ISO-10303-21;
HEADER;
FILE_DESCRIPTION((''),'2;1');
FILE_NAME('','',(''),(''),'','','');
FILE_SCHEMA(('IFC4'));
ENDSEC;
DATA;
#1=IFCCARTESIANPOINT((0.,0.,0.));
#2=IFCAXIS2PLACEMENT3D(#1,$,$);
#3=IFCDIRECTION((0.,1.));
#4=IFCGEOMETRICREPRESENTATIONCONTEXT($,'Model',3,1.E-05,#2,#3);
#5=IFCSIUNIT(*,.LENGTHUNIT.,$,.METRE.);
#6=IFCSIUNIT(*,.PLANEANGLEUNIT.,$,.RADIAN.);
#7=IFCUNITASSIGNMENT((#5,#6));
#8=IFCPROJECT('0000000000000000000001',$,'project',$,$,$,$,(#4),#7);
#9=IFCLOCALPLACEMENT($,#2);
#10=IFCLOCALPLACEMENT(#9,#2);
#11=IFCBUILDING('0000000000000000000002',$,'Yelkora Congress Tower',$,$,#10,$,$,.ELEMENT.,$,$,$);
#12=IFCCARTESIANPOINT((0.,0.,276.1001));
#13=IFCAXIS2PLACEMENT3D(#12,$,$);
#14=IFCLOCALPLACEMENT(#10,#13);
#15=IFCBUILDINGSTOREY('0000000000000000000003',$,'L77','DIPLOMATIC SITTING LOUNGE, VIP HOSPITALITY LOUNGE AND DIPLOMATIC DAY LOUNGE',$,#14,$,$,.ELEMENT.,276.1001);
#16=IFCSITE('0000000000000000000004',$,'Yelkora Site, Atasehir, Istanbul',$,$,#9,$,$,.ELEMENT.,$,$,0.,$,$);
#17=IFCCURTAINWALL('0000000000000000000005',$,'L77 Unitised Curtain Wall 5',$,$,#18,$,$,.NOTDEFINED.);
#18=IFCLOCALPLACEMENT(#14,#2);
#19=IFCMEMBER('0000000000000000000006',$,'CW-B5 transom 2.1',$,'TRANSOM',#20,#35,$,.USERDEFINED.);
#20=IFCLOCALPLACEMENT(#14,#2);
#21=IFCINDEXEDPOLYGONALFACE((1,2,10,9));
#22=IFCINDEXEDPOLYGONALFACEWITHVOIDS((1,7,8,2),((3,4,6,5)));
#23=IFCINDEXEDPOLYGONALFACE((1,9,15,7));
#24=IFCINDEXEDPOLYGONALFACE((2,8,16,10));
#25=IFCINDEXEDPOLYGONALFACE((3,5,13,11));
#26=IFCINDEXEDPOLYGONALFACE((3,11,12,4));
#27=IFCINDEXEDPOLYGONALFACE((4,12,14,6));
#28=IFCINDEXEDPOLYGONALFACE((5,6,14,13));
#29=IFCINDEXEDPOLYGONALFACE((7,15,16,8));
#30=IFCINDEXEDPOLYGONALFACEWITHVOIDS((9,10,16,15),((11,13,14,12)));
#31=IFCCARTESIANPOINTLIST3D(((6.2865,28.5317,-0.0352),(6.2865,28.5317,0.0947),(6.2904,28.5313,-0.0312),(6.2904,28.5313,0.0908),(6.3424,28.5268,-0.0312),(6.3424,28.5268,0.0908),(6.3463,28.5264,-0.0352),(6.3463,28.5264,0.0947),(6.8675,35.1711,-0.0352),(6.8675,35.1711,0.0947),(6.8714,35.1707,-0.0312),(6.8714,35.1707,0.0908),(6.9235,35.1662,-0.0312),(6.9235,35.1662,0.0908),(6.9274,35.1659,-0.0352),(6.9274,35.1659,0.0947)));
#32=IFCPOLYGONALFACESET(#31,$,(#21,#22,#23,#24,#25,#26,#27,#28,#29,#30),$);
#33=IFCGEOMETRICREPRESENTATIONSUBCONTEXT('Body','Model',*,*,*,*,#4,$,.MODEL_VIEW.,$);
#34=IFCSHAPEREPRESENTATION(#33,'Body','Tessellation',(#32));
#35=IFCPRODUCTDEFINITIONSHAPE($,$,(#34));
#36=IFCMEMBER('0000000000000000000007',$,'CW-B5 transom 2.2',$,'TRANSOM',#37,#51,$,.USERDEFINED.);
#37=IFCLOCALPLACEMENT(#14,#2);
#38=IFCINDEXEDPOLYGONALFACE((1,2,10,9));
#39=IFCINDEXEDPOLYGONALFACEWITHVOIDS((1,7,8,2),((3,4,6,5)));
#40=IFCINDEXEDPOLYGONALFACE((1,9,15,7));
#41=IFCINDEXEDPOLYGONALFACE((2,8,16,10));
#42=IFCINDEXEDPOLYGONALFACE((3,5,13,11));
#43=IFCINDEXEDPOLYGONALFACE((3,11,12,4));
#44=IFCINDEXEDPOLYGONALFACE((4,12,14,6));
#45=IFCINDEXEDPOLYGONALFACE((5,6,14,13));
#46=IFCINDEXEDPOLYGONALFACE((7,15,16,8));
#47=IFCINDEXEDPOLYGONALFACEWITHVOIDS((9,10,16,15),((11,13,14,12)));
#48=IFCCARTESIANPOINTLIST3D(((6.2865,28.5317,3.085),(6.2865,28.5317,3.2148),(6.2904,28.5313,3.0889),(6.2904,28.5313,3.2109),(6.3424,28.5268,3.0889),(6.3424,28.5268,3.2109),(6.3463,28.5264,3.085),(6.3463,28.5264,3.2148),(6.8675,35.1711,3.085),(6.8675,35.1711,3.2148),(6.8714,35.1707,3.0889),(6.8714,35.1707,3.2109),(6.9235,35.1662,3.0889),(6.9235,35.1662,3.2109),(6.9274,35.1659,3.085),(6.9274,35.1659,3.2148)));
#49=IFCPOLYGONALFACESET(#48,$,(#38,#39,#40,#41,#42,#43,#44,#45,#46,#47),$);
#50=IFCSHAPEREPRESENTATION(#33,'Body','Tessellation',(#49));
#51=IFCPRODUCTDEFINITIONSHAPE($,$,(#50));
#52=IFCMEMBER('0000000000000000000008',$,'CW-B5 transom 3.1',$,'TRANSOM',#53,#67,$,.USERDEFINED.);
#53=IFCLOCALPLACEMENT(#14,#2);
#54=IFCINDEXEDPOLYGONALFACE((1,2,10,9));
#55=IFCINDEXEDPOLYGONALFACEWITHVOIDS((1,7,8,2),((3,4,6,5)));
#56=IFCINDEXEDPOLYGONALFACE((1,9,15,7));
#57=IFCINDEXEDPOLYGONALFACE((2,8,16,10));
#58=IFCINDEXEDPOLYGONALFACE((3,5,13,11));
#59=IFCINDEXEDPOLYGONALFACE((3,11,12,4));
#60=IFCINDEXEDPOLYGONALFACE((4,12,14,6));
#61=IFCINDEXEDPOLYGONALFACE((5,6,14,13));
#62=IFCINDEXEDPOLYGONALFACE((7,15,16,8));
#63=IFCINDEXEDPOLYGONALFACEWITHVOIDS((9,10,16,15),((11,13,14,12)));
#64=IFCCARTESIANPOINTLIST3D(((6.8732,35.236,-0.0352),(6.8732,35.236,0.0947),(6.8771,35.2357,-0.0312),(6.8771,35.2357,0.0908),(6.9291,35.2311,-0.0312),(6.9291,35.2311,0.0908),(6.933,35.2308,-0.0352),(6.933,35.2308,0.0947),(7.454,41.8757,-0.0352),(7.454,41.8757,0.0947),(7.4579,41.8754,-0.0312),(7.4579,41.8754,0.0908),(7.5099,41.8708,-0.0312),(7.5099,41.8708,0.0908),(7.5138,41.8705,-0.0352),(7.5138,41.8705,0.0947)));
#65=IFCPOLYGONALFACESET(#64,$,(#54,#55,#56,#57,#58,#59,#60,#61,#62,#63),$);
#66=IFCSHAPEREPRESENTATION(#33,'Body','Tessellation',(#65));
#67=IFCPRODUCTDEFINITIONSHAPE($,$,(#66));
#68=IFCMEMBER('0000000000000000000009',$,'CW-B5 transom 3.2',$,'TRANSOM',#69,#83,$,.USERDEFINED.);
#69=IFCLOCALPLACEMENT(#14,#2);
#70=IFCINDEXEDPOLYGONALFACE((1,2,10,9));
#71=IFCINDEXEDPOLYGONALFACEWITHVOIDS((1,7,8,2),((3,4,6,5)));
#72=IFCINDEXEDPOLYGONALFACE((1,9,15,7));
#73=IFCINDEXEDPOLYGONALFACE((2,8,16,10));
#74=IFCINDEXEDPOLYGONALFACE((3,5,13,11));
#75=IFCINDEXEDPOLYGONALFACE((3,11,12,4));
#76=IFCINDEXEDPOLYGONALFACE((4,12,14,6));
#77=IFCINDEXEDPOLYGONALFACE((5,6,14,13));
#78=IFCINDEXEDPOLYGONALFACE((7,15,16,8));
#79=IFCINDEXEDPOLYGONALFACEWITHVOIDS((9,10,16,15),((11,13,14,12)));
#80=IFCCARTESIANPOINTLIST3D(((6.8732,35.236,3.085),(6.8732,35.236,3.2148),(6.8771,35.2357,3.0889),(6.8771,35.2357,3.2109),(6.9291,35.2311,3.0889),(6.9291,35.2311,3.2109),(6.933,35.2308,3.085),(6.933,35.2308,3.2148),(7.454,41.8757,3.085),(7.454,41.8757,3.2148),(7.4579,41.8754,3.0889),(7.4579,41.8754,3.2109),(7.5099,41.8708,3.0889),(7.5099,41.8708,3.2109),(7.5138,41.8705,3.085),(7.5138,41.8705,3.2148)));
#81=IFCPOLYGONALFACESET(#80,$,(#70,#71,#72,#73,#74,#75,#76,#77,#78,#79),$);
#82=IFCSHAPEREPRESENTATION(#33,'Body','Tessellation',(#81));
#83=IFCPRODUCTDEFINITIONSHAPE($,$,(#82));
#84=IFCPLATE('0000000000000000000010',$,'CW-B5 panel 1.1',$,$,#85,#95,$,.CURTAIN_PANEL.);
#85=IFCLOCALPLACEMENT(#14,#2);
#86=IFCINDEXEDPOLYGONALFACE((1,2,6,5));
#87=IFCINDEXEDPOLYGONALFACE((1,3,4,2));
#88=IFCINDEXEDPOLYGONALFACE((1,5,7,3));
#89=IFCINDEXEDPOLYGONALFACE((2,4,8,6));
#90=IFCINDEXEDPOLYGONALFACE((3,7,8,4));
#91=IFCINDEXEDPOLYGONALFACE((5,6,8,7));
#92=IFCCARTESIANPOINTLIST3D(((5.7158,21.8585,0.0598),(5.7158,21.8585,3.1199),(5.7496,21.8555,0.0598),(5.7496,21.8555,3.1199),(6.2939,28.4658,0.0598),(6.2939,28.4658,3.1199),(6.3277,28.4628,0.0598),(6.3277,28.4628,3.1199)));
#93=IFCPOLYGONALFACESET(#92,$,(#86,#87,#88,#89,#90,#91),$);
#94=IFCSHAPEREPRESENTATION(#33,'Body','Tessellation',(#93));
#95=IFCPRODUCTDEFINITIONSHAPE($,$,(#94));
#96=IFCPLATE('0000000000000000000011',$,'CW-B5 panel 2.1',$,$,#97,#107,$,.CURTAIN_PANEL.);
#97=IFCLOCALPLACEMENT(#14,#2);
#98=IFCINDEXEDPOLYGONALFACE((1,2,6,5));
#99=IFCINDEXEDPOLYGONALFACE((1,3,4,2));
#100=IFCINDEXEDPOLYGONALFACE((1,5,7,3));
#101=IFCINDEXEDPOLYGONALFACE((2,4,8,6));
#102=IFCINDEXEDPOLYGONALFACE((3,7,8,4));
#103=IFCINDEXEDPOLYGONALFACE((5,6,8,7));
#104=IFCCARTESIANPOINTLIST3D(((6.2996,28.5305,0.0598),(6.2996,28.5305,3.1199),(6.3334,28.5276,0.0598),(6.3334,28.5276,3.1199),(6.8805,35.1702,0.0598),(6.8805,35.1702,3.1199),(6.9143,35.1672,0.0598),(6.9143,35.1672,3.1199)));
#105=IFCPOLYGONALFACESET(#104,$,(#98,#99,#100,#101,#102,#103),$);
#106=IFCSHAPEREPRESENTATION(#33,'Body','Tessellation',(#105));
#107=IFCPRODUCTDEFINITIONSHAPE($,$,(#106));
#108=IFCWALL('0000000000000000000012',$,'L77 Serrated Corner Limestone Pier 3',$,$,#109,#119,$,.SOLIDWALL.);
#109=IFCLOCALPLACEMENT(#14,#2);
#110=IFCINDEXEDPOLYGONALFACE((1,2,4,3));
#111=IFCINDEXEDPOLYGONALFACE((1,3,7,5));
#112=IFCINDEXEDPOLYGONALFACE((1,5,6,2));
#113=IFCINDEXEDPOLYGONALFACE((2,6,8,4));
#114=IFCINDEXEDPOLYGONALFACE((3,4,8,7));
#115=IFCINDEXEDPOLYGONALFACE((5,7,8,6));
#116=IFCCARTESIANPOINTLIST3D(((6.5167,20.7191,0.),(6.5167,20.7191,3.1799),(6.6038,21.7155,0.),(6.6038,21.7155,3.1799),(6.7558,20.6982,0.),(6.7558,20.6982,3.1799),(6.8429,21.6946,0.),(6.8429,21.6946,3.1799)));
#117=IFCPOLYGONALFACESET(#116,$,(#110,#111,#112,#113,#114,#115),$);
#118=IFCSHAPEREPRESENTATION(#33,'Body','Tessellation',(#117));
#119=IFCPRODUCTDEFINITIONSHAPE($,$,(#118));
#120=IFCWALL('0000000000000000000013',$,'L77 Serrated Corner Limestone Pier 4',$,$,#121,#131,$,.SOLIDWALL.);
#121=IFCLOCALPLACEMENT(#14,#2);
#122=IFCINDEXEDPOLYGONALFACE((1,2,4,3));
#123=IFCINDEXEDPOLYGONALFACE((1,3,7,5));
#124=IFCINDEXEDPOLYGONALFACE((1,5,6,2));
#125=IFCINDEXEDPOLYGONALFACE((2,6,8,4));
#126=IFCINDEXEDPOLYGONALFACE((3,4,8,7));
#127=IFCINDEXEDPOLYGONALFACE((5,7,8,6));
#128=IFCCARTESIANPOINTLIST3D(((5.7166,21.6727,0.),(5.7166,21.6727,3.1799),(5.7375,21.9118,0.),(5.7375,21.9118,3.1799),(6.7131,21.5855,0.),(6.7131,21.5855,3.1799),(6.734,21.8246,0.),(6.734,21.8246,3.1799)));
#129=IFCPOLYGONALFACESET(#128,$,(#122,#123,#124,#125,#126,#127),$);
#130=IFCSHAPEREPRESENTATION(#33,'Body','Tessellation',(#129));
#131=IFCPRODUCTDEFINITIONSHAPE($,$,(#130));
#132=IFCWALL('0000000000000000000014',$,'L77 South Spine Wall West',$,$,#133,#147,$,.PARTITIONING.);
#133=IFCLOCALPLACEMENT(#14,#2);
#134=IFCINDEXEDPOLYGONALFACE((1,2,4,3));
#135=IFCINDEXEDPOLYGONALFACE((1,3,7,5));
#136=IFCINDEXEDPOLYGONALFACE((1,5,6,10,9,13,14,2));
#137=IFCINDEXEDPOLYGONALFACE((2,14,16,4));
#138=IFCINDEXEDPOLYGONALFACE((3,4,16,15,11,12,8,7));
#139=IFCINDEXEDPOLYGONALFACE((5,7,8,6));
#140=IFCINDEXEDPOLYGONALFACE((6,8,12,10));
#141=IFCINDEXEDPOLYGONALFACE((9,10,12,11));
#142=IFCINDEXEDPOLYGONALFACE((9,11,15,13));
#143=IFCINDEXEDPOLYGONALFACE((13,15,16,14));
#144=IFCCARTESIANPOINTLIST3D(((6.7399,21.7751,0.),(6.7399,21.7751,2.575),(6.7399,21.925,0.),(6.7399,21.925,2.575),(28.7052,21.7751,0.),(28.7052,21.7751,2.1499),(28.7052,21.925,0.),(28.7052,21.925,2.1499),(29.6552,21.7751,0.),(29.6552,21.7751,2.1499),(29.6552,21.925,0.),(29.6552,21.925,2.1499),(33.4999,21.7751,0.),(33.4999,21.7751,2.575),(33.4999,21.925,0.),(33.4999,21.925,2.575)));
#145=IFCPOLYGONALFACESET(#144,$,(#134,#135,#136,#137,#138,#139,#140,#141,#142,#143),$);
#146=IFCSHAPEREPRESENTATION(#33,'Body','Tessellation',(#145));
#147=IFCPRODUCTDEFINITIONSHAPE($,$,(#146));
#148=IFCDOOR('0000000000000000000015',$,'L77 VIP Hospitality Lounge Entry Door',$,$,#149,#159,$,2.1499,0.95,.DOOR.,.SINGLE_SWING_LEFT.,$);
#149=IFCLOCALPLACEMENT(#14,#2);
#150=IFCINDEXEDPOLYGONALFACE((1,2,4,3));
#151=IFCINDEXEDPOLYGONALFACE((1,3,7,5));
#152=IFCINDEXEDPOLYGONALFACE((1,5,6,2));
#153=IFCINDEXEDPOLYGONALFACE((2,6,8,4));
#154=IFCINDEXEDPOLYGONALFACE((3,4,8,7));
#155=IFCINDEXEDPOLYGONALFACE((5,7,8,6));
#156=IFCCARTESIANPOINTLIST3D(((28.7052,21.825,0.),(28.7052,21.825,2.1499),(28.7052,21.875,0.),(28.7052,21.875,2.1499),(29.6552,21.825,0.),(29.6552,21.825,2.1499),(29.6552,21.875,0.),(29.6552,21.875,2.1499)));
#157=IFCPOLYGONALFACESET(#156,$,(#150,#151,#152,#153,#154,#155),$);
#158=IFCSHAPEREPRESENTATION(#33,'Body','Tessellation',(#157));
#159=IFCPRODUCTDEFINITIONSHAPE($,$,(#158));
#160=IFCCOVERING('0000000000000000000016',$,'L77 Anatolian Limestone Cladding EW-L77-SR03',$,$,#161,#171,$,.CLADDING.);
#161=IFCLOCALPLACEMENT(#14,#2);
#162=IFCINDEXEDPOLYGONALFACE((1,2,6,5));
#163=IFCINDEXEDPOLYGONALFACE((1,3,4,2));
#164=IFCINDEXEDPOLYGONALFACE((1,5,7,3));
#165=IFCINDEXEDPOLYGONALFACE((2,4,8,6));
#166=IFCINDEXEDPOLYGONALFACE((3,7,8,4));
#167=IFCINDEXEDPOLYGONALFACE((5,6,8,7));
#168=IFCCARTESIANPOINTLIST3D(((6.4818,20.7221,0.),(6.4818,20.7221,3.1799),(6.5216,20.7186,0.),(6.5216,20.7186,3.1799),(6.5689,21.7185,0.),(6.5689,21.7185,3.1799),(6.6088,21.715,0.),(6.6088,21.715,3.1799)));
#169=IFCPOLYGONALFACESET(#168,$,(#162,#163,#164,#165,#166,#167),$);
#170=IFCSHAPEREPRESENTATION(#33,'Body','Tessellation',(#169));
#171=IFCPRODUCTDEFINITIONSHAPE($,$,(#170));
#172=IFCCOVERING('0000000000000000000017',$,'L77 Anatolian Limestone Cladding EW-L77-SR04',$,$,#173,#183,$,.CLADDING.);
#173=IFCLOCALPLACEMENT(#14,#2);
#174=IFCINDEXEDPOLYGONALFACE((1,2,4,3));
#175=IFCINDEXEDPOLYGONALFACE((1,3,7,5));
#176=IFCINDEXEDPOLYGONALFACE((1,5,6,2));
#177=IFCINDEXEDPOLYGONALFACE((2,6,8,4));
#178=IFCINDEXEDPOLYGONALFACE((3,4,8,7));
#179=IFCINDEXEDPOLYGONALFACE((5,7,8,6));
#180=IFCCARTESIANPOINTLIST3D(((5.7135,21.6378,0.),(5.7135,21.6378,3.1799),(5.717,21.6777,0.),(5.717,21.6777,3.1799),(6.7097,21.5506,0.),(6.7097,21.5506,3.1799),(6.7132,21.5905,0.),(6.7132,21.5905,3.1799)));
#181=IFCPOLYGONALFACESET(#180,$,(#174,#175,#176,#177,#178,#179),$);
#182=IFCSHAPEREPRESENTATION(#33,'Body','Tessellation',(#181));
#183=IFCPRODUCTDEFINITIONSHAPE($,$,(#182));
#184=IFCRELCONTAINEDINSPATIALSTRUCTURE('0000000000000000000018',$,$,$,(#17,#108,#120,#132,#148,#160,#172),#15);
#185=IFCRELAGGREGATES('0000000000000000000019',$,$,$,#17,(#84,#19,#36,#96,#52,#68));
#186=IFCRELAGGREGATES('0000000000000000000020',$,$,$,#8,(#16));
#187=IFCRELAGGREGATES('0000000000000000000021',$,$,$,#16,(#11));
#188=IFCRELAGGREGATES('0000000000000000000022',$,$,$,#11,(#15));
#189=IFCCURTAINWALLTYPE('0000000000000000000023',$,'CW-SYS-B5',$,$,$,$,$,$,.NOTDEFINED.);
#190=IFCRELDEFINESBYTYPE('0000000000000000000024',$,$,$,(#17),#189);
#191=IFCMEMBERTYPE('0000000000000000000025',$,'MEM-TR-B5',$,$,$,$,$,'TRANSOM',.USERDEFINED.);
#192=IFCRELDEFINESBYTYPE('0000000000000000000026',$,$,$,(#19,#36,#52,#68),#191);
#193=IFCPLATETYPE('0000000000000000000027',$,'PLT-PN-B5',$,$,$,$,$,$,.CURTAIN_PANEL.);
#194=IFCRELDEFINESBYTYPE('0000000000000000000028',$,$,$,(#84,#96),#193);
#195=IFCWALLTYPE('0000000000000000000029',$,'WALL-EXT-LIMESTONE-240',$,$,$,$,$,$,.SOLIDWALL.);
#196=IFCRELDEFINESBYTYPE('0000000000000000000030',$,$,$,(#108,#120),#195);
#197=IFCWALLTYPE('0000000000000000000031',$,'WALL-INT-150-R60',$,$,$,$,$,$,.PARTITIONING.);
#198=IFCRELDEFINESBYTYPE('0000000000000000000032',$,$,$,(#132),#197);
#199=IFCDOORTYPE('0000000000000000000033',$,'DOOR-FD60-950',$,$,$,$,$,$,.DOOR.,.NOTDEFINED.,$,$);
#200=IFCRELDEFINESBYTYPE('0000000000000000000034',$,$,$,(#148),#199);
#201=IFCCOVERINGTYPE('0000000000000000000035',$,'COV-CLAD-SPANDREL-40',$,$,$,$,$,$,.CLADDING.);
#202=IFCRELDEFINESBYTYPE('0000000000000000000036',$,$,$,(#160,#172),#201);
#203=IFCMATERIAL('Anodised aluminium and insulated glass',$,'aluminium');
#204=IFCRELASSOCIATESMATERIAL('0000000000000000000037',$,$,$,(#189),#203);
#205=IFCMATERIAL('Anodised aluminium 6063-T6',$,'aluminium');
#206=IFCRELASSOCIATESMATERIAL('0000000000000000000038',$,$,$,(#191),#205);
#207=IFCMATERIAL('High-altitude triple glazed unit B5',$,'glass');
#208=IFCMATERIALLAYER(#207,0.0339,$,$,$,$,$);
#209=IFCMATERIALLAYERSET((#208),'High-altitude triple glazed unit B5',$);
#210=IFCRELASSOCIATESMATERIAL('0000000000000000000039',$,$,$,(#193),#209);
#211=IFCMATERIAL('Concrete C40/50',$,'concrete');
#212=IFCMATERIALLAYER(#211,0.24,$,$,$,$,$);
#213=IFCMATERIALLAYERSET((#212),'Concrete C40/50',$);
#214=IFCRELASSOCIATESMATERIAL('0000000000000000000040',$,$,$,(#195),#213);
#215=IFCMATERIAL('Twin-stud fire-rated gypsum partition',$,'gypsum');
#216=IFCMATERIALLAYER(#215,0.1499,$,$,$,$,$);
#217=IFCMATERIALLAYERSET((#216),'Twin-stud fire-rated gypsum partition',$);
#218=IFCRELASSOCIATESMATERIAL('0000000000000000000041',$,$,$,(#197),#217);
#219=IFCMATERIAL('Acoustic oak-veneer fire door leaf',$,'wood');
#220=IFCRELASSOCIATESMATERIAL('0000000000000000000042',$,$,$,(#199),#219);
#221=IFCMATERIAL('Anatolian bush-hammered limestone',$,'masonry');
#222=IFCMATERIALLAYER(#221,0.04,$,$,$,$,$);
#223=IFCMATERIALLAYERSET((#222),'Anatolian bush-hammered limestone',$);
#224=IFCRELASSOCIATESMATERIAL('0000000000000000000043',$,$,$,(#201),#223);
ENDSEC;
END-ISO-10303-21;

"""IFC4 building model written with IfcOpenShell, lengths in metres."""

from ifc_helpers import new_model, si_unit, direction, frame, frame_2d, origin, origin_2d, place, context, subcontext, project, spatial, rectangle, hollow_rectangle, extrude, material, layer, layer_set, material_profile, profile_set, type_object, element, fill, aggregate, save


model = new_model("IFC4")

# Units and contexts
model_context = context("Model", 3, precision=1e-05, world=origin(), true_north=direction((0.0, 1.0)))
body_context = subcontext(model_context, "Body", "Model", "MODEL_VIEW")
ifc_project = project(units=[si_unit("LENGTHUNIT", "METRE"), si_unit("PLANEANGLEUNIT", "RADIAN")], contexts=[model_context])

# Site, building, storey
site_placement = place(None, origin())
site = spatial("IfcSite", under=ifc_project, at=site_placement, Name="Yelkora Site, Atasehir, Istanbul", CompositionType="ELEMENT", RefElevation=0.0)
building_placement = place(site_placement, origin())
building = spatial("IfcBuilding", under=site, at=building_placement, Name="Yelkora Congress Tower", CompositionType="ELEMENT")
storey_placement = place(building_placement, frame((0.0, 0.0, 276.1001)))
storey = spatial("IfcBuildingStorey", under=building, at=storey_placement, Name="L77", Description="DIPLOMATIC SITTING LOUNGE, VIP HOSPITALITY LOUNGE AND DIPLOMATIC DAY LOUNGE", CompositionType="ELEMENT", Elevation=276.1001)

# Curtain wall, members, plates
ifc_material_1 = material(Name="Anodised aluminium and insulated glass", Category="aluminium")
curtain_wall_type = type_object("IfcCurtainWallType", Name="CW-SYS-B5", PredefinedType="NOTDEFINED", material=ifc_material_1)
curtain_wall_placement = place(storey_placement, origin())
curtain_wall = element("IfcCurtainWall", 1, at=curtain_wall_placement, inside=storey, type_object=curtain_wall_type, Name="L77 Unitised Curtain Wall 5", PredefinedType="NOTDEFINED")
ifc_material_2 = material(Name="Anodised aluminium 6063-T6", Category="aluminium")
ifc_material_profile_1 = material_profile(ifc_material_2, hollow_rectangle(XDim=0.0601, YDim=0.1299, WallThickness=0.0039, at=origin_2d()), Name="ALU 60x130x4")
ifc_profile_set_1 = profile_set([ifc_material_profile_1], Name="Anodised aluminium 6063-T6")
member_type_1 = type_object("IfcMemberType", Name="MEM-TR-B5", ElementType="TRANSOM", PredefinedType="USERDEFINED", material=ifc_profile_set_1)
member_1_placement = place(storey_placement, frame((6.3164, 28.5291, 0.0298), z_axis=(0.087183, 0.996192, 0.0), x_axis=(-0.996192, 0.087183, 0.0)))
member_1 = element("IfcMember", 2, at=member_1_placement, type_object=member_type_1, Name="CW-B5 transom 2.1", ObjectType="TRANSOM", PredefinedType="USERDEFINED", context=body_context, shape_type="SweptSolid", body=[
    extrude(hollow_rectangle(XDim=0.0601, YDim=0.1299, WallThickness=0.0039, at=origin_2d()), origin(), (0.0, 0.0, 1.0), 6.6648),
])
member_2_placement = place(storey_placement, frame((6.3164, 28.5291, 3.1499), z_axis=(0.087183, 0.996192, 0.0), x_axis=(-0.996192, 0.087183, 0.0)))
member_2 = element("IfcMember", 3, at=member_2_placement, type_object=member_type_1, Name="CW-B5 transom 2.2", ObjectType="TRANSOM", PredefinedType="USERDEFINED", context=body_context, shape_type="SweptSolid", body=[
    extrude(hollow_rectangle(XDim=0.0601, YDim=0.1299, WallThickness=0.0039, at=origin_2d()), origin(), (0.0, 0.0, 1.0), 6.6648),
])
member_3_placement = place(storey_placement, frame((6.9031, 35.2334, 0.0298), z_axis=(0.087143, 0.996196, 0.0), x_axis=(-0.996196, 0.087143, 0.0)))
member_3 = element("IfcMember", 4, at=member_3_placement, type_object=member_type_1, Name="CW-B5 transom 3.1", ObjectType="TRANSOM", PredefinedType="USERDEFINED", context=body_context, shape_type="SweptSolid", body=[
    extrude(hollow_rectangle(XDim=0.0601, YDim=0.1299, WallThickness=0.0039, at=origin_2d()), origin(), (0.0, 0.0, 1.0), 6.665),
])
member_4_placement = place(storey_placement, frame((6.9031, 35.2334, 3.1499), z_axis=(0.087143, 0.996196, 0.0), x_axis=(-0.996196, 0.087143, 0.0)))
member_4 = element("IfcMember", 5, at=member_4_placement, type_object=member_type_1, Name="CW-B5 transom 3.2", ObjectType="TRANSOM", PredefinedType="USERDEFINED", context=body_context, shape_type="SweptSolid", body=[
    extrude(hollow_rectangle(XDim=0.0601, YDim=0.1299, WallThickness=0.0039, at=origin_2d()), origin(), (0.0, 0.0, 1.0), 6.665),
])
ifc_material_3 = material(Name="High-altitude triple glazed unit B5", Category="glass")
ifc_layer_1 = layer(ifc_material_3, 0.0339)
ifc_layer_set_1 = layer_set([ifc_layer_1], Name="High-altitude triple glazed unit B5")
plate_type = type_object("IfcPlateType", Name="PLT-PN-B5", PredefinedType="CURTAIN_PANEL", material=ifc_layer_set_1)
plate_1_placement = place(storey_placement, frame((6.0217, 25.1606, 0.0598), z_axis=(0.0, 0.0, 1.0), x_axis=(0.087155, 0.996195, 0.0)))
plate_1 = element("IfcPlate", 6, at=plate_1_placement, type_object=plate_type, Name="CW-B5 panel 1.1", PredefinedType="CURTAIN_PANEL", context=body_context, shape_type="SweptSolid", body=[
    extrude(rectangle(XDim=6.6326, YDim=0.0339, at=origin_2d()), origin(), (0.0, 0.0, 1.0), 3.0601),
])
plate_2_placement = place(storey_placement, frame((6.6069, 31.8489, 0.0598), z_axis=(0.0, 0.0, 1.0), x_axis=(0.087155, 0.996195, 0.0)))
plate_2 = element("IfcPlate", 7, at=plate_2_placement, type_object=plate_type, Name="CW-B5 panel 2.1", PredefinedType="CURTAIN_PANEL", context=body_context, shape_type="SweptSolid", body=[
    extrude(rectangle(XDim=6.665, YDim=0.0339, at=origin_2d()), origin(), (0.0, 0.0, 1.0), 3.0601),
])
aggregate(curtain_wall, [plate_1, member_1, member_2, plate_2, member_3, member_4])

# Walls
ifc_material_4 = material(Name="Concrete C40/50", Category="concrete")
ifc_layer_2 = layer(ifc_material_4, 0.24)
ifc_layer_set_2 = layer_set([ifc_layer_2], Name="Concrete C40/50")
wall_type_1 = type_object("IfcWallType", Name="WALL-EXT-LIMESTONE-240", PredefinedType="SOLIDWALL", material=ifc_layer_set_2)
for number, where, z_axis, x_axis, name in (
    (8, (6.6362, 20.7087, 0.0), (0.0, 0.0, 1.0), (0.087146, 0.996196, 0.0), "L77 Serrated Corner Limestone Pier 3"),
    (9, (6.7234, 21.7051, 0.0), (0.0, 0.0, 1.0), (-0.996196, 0.087146, 0.0), "L77 Serrated Corner Limestone Pier 4"),
):
    element("IfcWall", number, at=place(storey_placement, frame(where, z_axis=z_axis, x_axis=x_axis)), inside=storey, type_object=wall_type_1, Name=name, PredefinedType="SOLIDWALL", context=body_context, shape_type="SweptSolid", body=[
        extrude(rectangle(XDim=1.0002, YDim=0.24, at=frame_2d((0.5, 0.0))), origin(), (0.0, 0.0, 1.0), 3.1799),
    ])

# Wall, opening, door
ifc_material_5 = material(Name="Twin-stud fire-rated gypsum partition", Category="gypsum")
ifc_layer_3 = layer(ifc_material_5, 0.1499)
ifc_layer_set_3 = layer_set([ifc_layer_3], Name="Twin-stud fire-rated gypsum partition")
wall_type_2 = type_object("IfcWallType", Name="WALL-INT-150-R60", PredefinedType="PARTITIONING", material=ifc_layer_set_3)
wall_placement = place(storey_placement, frame((6.74, 21.8501, 0.0), z_axis=(0.0, 0.0, 1.0), x_axis=(1.0, 0.0, 0.0)))
wall = element("IfcWall", 10, at=wall_placement, inside=storey, type_object=wall_type_2, Name="L77 South Spine Wall West", PredefinedType="PARTITIONING", context=body_context, shape_type="SweptSolid", body=[
    extrude(rectangle(XDim=26.76, YDim=0.1499, at=frame_2d((13.3799, 0.0))), origin(), (0.0, 0.0, 1.0), 2.575),
])
opening_placement = place(wall_placement, frame((21.9651, 0.0, 0.0)))
opening = element("IfcOpeningElement", 11, at=opening_placement, cuts=wall, PredefinedType="OPENING", context=body_context, shape_type="SweptSolid", body=[
    extrude(rectangle(XDim=0.95, YDim=2.1499, at=frame_2d((0.4751, 1.075))), frame((0.0, 0.085, 0.0), z_axis=(0.0, -1.0, 0.0), x_axis=(1.0, 0.0, 0.0)), (0.0, 0.0, 1.0), 0.1699),
])
ifc_material_6 = material(Name="Acoustic oak-veneer fire door leaf", Category="wood")
door_type = type_object("IfcDoorType", Name="DOOR-FD60-950", OperationType="NOTDEFINED", PredefinedType="DOOR", material=ifc_material_6)
door_placement = place(opening_placement, origin())
door = element("IfcDoor", 12, at=door_placement, inside=storey, type_object=door_type, Name="L77 VIP Hospitality Lounge Entry Door", OperationType="SINGLE_SWING_LEFT", OverallHeight=2.1499, OverallWidth=0.95, PredefinedType="DOOR", context=body_context, shape_type="SweptSolid", body=[
    extrude(rectangle(XDim=0.95, YDim=2.1499, at=frame_2d((0.4751, 1.075))), frame((0.0, 0.0249, 0.0), z_axis=(0.0, -1.0, 0.0), x_axis=(1.0, 0.0, 0.0)), (0.0, 0.0, 1.0), 0.05),
])
fill(opening, door)

# Coverings
ifc_material_7 = material(Name="Anatolian bush-hammered limestone", Category="masonry")
ifc_layer_4 = layer(ifc_material_7, 0.04)
ifc_layer_set_4 = layer_set([ifc_layer_4], Name="Anatolian bush-hammered limestone")
covering_type = type_object("IfcCoveringType", Name="COV-CLAD-SPANDREL-40", PredefinedType="CLADDING", material=ifc_layer_set_4)
covering_1_placement = place(storey_placement, frame((6.5017, 20.7205, 0.0), z_axis=(0.0, 0.0, 1.0), x_axis=(0.087146, 0.996196, 0.0)))
element("IfcCovering", 13, at=covering_1_placement, inside=storey, type_object=covering_type, Name="L77 Anatolian Limestone Cladding EW-L77-SR03", PredefinedType="CLADDING", context=body_context, shape_type="SweptSolid", body=[
    extrude(rectangle(XDim=1.0002, YDim=0.04, at=frame_2d((0.5, 0.0))), origin(), (0.0, 0.0, 1.0), 3.1799),
])
covering_2_placement = place(storey_placement, frame((6.7114, 21.5706, 0.0), z_axis=(0.0, 0.0, 1.0), x_axis=(-0.996194, 0.087167, 0.0)))
element("IfcCovering", 14, at=covering_2_placement, inside=storey, type_object=covering_type, Name="L77 Anatolian Limestone Cladding EW-L77-SR04", PredefinedType="CLADDING", context=body_context, shape_type="SweptSolid", body=[
    extrude(rectangle(XDim=1.0, YDim=0.04, at=frame_2d((0.5, 0.0))), origin(), (0.0, 0.0, 1.0), 3.1799),
])

save(model, "model.ifc")
